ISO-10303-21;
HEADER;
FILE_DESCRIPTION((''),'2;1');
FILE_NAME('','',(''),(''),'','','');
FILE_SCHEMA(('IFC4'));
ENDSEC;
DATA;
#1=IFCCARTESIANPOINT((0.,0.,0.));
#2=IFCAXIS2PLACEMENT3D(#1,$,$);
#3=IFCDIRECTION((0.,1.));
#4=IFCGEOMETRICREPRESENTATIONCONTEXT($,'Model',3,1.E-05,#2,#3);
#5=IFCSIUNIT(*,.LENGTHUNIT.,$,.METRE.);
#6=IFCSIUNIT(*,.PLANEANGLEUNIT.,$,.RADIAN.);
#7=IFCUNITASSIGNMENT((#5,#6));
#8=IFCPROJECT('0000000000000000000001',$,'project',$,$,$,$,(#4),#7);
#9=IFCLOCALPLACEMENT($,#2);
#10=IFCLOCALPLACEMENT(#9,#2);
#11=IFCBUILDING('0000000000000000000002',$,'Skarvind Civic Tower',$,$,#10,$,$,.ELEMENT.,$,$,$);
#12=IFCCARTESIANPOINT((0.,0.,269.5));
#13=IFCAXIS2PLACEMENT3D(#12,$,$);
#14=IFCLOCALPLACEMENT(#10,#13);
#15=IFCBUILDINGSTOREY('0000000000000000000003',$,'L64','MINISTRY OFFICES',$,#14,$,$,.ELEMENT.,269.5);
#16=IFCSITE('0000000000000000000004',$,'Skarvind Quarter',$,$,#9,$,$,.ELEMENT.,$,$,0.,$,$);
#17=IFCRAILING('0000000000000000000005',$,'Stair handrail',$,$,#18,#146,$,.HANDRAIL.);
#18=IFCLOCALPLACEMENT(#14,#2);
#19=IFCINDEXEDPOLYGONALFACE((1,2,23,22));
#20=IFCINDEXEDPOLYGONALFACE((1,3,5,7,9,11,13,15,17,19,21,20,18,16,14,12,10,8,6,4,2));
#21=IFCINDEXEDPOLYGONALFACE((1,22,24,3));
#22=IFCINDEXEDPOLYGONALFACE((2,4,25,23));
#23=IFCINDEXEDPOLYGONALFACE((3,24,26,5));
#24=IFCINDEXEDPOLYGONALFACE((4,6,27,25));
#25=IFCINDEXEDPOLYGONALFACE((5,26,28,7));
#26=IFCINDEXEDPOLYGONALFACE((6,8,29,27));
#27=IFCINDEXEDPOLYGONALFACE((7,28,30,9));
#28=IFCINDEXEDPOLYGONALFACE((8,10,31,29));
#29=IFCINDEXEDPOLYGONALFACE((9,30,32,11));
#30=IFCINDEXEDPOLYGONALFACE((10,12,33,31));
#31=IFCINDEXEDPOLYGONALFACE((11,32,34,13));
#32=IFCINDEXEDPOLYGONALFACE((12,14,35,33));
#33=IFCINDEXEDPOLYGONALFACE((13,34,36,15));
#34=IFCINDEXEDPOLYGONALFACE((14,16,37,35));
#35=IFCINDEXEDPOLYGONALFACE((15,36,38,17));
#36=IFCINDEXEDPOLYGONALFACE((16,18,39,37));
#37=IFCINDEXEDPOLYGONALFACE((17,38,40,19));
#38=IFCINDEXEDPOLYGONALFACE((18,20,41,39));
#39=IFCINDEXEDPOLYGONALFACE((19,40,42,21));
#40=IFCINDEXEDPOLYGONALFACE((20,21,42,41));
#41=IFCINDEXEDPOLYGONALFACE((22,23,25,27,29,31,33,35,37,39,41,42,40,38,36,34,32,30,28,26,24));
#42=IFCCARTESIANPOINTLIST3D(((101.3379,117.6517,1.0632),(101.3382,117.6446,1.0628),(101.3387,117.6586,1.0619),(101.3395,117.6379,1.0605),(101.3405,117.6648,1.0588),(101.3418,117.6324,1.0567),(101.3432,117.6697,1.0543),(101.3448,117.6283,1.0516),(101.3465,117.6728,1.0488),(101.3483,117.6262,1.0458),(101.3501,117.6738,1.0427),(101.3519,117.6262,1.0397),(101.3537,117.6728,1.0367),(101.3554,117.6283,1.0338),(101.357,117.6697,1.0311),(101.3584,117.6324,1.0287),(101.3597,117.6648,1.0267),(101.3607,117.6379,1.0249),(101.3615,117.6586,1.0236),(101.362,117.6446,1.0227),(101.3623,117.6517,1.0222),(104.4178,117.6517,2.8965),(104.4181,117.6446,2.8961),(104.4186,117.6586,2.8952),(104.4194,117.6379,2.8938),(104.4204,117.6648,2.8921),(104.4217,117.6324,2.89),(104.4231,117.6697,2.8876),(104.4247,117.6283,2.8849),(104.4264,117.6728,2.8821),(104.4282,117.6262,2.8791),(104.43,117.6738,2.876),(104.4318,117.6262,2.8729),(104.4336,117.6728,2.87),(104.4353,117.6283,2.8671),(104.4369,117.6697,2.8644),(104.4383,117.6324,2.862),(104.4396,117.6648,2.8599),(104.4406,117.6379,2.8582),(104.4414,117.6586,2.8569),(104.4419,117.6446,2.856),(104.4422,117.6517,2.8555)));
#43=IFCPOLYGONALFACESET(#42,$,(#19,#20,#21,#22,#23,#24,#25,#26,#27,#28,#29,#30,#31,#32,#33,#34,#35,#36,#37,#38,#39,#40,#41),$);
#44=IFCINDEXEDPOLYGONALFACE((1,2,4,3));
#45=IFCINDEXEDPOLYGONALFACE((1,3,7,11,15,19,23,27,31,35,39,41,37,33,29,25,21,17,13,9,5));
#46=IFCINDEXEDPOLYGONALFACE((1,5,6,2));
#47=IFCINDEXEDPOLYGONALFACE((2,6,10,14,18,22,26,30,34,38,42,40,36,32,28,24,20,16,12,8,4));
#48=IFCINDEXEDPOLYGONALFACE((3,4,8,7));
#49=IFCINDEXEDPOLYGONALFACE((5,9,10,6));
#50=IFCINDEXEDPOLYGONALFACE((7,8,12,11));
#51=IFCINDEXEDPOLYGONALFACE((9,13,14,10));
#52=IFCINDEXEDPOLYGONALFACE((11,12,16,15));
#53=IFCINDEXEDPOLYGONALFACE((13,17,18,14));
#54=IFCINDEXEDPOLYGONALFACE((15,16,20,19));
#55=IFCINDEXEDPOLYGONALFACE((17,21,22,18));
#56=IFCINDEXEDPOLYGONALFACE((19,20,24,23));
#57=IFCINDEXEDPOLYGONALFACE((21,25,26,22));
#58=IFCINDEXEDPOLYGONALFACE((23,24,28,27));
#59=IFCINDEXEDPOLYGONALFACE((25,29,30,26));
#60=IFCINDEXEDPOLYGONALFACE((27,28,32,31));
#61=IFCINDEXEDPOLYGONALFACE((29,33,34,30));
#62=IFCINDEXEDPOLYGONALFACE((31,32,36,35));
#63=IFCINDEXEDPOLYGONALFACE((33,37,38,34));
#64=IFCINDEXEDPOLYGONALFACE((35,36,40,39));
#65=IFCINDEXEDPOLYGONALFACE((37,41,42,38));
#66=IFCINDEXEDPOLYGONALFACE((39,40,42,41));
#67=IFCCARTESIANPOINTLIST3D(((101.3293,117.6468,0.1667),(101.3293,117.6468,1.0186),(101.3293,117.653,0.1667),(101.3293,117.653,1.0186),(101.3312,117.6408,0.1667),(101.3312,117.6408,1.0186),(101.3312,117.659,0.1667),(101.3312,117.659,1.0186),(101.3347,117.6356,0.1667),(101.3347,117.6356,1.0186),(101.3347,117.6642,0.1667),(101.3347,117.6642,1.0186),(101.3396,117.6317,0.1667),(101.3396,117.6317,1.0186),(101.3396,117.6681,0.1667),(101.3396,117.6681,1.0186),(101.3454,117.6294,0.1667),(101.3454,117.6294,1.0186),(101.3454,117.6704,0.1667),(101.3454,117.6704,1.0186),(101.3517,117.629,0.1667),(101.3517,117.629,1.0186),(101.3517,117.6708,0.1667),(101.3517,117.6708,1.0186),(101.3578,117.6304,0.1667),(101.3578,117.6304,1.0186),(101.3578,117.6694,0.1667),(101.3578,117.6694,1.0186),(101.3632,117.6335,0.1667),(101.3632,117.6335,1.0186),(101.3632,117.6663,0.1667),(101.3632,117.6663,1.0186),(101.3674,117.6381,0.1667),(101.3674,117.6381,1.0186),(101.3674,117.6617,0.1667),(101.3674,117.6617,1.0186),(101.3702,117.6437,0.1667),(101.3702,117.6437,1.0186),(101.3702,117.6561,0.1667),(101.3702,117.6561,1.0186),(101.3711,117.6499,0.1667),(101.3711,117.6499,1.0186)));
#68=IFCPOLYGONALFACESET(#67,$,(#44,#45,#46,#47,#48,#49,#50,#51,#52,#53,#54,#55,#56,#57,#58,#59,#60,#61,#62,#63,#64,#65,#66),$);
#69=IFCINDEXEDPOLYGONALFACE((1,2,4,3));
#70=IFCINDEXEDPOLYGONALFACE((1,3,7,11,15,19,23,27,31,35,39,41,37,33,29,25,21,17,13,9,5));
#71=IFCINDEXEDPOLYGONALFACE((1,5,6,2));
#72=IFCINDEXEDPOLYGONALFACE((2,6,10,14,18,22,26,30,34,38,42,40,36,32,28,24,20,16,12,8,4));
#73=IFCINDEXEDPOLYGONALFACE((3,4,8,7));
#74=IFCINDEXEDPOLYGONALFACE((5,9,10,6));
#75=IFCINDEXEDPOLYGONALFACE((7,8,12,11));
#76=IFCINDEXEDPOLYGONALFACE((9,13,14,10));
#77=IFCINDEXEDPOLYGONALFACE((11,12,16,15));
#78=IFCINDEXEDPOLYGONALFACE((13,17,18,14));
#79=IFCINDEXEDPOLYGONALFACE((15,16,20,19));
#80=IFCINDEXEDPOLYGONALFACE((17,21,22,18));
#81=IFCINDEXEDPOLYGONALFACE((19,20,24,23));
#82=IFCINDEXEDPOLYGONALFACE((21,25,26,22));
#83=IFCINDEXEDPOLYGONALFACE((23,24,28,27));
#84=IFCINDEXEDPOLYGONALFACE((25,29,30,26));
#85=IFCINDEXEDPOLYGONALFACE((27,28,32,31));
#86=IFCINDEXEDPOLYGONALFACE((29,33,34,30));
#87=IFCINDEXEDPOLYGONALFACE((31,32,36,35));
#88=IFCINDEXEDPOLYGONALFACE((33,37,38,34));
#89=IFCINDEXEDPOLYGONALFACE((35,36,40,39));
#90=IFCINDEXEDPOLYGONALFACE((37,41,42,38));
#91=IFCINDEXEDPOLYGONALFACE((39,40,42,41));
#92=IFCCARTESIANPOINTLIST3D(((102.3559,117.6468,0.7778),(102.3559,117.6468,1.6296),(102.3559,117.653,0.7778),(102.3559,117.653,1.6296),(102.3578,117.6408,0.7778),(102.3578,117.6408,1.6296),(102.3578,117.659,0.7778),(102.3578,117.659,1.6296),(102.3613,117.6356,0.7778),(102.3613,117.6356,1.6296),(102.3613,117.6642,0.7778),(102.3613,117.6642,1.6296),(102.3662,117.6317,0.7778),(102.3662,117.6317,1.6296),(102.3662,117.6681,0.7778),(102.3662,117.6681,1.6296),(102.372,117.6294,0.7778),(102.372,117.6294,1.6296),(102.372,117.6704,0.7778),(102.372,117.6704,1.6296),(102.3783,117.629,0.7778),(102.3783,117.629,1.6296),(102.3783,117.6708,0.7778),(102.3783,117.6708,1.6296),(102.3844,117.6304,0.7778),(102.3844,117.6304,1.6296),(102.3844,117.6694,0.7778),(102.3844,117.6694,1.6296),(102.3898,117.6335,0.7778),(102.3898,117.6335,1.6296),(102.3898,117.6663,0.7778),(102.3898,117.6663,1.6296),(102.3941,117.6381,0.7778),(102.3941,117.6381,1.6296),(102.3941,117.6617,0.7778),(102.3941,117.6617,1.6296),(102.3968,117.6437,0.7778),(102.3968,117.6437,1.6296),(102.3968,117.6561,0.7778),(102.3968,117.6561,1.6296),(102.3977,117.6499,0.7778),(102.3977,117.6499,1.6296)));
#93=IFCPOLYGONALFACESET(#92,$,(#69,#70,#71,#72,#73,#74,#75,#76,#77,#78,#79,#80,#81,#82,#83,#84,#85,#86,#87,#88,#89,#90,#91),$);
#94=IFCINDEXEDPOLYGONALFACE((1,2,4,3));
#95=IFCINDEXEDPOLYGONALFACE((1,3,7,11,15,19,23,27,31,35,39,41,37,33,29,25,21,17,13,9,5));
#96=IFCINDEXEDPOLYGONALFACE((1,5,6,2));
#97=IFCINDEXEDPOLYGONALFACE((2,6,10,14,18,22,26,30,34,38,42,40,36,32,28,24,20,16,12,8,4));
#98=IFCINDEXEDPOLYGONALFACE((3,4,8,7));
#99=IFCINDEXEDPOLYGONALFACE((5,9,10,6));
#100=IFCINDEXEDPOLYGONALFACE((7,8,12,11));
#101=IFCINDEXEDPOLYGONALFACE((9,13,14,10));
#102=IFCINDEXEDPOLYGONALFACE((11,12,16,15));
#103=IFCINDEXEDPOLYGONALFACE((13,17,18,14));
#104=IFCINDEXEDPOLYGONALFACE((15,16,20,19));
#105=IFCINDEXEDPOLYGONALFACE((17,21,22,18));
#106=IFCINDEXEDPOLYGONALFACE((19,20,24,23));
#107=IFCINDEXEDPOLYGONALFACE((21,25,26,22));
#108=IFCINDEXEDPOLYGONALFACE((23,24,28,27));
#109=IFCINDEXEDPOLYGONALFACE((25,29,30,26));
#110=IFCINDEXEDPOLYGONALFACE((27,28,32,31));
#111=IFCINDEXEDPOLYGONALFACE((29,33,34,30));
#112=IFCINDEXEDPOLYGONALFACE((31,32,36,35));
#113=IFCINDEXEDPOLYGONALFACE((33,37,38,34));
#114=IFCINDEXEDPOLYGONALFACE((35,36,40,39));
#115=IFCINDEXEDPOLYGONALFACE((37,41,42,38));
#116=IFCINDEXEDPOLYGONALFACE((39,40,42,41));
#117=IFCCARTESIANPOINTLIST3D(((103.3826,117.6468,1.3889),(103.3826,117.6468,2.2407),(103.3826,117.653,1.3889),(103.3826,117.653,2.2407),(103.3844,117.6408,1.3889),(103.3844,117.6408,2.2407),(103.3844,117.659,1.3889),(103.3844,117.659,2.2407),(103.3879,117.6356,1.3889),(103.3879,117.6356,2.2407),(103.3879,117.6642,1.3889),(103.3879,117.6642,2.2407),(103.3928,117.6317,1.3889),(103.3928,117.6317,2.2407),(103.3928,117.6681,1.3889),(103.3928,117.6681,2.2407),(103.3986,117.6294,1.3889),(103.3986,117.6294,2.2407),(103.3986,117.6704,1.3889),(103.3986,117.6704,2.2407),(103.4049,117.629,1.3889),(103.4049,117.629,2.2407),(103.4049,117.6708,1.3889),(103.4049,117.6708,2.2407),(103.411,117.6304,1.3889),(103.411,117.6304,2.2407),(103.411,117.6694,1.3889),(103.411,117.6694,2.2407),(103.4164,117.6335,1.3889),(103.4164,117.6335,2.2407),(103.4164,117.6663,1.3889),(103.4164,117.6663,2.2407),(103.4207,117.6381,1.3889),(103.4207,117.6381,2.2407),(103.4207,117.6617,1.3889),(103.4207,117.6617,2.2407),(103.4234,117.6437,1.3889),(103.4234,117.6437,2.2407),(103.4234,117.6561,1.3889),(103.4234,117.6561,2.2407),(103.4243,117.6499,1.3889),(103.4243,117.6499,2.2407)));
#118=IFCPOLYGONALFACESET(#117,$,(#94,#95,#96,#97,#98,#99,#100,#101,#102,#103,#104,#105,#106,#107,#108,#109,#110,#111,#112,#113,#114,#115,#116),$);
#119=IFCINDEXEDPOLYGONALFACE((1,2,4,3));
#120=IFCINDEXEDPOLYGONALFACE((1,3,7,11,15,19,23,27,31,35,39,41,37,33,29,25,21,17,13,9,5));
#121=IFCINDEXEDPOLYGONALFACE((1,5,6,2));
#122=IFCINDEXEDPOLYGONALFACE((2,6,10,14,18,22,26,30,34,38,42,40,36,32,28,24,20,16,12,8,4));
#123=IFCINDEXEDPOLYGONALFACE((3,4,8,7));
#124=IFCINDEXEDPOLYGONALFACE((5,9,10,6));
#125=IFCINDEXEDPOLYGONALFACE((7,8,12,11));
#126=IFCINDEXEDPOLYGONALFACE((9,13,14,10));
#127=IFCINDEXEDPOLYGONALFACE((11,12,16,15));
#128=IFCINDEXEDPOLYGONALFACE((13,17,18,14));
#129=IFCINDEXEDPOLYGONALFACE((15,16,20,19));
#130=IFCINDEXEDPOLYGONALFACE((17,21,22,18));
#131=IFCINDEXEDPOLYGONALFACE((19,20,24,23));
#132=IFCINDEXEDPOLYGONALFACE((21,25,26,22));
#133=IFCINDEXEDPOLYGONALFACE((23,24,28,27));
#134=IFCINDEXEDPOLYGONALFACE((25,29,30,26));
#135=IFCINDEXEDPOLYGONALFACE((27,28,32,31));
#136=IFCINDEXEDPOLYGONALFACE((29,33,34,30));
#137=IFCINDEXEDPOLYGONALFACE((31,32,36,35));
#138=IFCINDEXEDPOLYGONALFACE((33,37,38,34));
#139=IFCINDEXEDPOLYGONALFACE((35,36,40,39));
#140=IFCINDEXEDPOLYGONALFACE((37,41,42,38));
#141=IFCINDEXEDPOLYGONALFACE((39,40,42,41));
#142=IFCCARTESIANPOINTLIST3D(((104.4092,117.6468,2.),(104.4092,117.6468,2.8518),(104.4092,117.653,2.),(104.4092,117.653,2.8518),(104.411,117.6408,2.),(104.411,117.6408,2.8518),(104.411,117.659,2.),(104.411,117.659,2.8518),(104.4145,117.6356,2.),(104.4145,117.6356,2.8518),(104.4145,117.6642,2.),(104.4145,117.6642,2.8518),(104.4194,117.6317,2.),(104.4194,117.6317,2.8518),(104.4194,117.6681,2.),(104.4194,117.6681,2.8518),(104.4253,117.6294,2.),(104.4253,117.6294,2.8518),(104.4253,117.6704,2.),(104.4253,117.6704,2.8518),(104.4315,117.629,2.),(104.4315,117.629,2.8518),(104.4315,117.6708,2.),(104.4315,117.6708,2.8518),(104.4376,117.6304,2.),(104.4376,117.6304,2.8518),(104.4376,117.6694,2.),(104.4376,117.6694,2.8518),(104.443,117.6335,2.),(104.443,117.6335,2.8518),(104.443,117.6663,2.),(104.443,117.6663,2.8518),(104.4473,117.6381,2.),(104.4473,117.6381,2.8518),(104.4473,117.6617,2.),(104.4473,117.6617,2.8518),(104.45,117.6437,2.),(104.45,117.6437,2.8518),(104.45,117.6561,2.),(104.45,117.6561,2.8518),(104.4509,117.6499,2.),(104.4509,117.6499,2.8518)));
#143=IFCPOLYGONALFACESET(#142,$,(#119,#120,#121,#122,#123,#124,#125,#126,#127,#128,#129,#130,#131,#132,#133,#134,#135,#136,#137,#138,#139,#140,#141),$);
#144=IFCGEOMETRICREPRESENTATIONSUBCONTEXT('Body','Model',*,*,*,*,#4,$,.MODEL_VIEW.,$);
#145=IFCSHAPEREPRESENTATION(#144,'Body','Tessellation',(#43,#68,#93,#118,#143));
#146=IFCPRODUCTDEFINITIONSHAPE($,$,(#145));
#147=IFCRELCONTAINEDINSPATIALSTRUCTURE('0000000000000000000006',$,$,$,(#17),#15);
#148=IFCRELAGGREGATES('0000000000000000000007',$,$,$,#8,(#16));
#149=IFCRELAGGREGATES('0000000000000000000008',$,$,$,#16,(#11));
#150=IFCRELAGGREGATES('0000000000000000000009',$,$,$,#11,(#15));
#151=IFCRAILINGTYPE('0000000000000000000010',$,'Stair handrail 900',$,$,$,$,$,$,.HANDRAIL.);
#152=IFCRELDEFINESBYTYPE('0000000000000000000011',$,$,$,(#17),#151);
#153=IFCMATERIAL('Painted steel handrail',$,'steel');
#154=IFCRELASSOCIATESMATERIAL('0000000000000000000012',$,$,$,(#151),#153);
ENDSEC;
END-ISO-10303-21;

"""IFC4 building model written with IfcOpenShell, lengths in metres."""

from ifc_helpers import new_model, si_unit, direction, frame, origin, origin_2d, place, context, subcontext, project, spatial, circle, extrude, material, type_object, element, save


model = new_model("IFC4")

# Units and contexts
model_context = context("Model", 3, precision=1e-05, world=origin(), true_north=direction((0.0, 1.0)))
body_context = subcontext(model_context, "Body", "Model", "MODEL_VIEW")
ifc_project = project(units=[si_unit("LENGTHUNIT", "METRE"), si_unit("PLANEANGLEUNIT", "RADIAN")], contexts=[model_context])

# Site, building, storey
site_placement = place(None, origin())
site = spatial("IfcSite", under=ifc_project, at=site_placement, Name="Skarvind Quarter", CompositionType="ELEMENT", RefElevation=0.0)
building_placement = place(site_placement, origin())
building = spatial("IfcBuilding", under=site, at=building_placement, Name="Skarvind Civic Tower", CompositionType="ELEMENT")
storey_placement = place(building_placement, frame((0.0, 0.0, 269.5)))
storey = spatial("IfcBuildingStorey", under=building, at=storey_placement, Name="L64", Description="MINISTRY OFFICES", CompositionType="ELEMENT", Elevation=269.5)

# Railing
ifc_material_1 = material(Name="Painted steel handrail", Category="steel")
railing_type = type_object("IfcRailingType", Name="Stair handrail 900", PredefinedType="HANDRAIL", material=ifc_material_1)
railing_placement = place(storey_placement, frame((101.3501, 117.6499, 0.1667)))
element("IfcRailing", 1, at=railing_placement, inside=storey, type_object=railing_type, Name="Stair handrail", PredefinedType="HANDRAIL", context=body_context, shape_type="SweptSolid", body=[
    extrude(circle(Radius=0.0239, at=origin_2d()), frame((0.0, 0.0, 0.876), z_axis=(0.859291, 0.0, 0.511487), x_axis=(0.0, 1.0, 0.0)), (0.0, 0.0, 1.0), 3.5842),
    extrude(circle(Radius=0.021, at=origin_2d()), origin(), (0.0, 0.0, 1.0), 0.8518),
    extrude(circle(Radius=0.021, at=origin_2d()), frame((1.0266, 0.0, 0.6111)), (0.0, 0.0, 1.0), 0.8518),
    extrude(circle(Radius=0.021, at=origin_2d()), frame((2.0532, 0.0, 1.2222)), (0.0, 0.0, 1.0), 0.8518),
    extrude(circle(Radius=0.021, at=origin_2d()), frame((3.0798, 0.0, 1.8333)), (0.0, 0.0, 1.0), 0.8518),
])

save(model, "model.ifc")
